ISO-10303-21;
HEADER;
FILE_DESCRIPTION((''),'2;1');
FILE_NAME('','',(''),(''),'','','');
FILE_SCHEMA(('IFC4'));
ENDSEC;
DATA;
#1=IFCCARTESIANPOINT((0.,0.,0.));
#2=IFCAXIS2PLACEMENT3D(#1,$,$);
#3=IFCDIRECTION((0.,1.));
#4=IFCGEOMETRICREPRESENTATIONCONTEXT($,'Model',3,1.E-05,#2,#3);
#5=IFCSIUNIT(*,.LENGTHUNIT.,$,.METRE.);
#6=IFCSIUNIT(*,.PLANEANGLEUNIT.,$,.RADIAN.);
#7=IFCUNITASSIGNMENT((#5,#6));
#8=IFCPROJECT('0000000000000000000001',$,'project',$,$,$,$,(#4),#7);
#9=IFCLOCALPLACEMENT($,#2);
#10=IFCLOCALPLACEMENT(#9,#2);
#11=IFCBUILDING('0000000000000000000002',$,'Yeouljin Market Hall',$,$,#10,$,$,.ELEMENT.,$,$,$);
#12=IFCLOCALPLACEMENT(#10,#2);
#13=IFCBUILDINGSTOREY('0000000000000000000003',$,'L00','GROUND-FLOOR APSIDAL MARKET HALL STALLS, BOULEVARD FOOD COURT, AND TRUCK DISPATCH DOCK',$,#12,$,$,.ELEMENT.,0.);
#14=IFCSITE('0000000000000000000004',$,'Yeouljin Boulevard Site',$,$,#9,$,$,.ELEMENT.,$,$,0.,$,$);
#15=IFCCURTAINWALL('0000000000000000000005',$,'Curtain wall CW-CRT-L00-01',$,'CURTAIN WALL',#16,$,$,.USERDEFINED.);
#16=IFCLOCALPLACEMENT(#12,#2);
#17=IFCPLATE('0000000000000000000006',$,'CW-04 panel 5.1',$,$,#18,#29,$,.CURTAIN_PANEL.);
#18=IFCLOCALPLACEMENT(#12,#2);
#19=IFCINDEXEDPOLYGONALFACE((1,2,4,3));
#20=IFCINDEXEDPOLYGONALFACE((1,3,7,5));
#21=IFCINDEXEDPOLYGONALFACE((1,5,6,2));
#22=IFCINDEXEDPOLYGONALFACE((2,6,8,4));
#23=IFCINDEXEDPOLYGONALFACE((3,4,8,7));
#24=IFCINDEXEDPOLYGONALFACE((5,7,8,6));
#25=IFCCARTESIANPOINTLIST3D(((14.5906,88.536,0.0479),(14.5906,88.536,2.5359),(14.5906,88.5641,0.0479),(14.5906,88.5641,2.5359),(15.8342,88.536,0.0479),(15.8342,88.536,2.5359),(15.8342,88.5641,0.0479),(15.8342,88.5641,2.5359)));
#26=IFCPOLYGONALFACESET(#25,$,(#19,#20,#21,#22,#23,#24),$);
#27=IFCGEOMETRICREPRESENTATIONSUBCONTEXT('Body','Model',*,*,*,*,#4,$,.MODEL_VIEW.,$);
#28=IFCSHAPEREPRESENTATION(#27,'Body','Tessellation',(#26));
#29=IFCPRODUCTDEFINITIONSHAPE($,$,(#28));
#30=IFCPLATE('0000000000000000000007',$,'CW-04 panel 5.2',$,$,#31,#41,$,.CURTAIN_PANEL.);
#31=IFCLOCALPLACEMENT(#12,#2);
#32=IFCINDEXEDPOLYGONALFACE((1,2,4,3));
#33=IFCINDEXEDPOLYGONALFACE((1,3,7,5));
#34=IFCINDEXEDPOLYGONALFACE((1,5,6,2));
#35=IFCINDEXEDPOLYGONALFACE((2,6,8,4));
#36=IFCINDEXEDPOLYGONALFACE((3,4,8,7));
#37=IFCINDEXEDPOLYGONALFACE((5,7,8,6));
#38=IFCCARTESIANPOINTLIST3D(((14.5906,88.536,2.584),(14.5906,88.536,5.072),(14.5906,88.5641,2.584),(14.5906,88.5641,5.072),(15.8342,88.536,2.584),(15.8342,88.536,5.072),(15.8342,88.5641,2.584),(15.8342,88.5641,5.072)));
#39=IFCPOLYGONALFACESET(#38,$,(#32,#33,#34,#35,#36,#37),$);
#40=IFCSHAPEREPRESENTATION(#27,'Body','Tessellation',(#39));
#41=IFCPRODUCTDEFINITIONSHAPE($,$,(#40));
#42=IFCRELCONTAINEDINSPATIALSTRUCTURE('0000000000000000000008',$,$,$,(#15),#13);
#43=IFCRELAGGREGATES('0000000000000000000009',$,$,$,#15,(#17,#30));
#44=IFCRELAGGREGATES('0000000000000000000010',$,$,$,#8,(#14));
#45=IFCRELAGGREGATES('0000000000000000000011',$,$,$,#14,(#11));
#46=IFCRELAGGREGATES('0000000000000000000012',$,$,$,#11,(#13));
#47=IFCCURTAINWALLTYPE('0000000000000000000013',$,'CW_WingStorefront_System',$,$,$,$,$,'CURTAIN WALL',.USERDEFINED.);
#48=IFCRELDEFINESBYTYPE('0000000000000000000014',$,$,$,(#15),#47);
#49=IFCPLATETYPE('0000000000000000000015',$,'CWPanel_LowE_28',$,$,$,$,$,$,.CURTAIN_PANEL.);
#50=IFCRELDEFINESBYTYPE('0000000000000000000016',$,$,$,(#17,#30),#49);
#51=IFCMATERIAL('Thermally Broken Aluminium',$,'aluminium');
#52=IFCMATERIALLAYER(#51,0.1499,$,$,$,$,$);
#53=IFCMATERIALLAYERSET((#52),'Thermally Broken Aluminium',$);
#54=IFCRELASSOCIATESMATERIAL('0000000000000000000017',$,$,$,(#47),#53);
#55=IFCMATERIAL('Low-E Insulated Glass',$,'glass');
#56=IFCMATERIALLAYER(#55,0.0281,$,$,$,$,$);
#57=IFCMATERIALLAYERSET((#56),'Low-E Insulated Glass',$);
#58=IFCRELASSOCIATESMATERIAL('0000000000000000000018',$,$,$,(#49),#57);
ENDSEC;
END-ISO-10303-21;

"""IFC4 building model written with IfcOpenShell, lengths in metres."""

from ifc_helpers import new_model, si_unit, direction, frame, origin, origin_2d, place, context, subcontext, project, spatial, rectangle, extrude, material, layer, layer_set, type_object, element, aggregate, save


model = new_model("IFC4")

# Units and contexts
model_context = context("Model", 3, precision=1e-05, world=origin(), true_north=direction((0.0, 1.0)))
body_context = subcontext(model_context, "Body", "Model", "MODEL_VIEW")
ifc_project = project(units=[si_unit("LENGTHUNIT", "METRE"), si_unit("PLANEANGLEUNIT", "RADIAN")], contexts=[model_context])

# Site, building, storey
site_placement = place(None, origin())
site = spatial("IfcSite", under=ifc_project, at=site_placement, Name="Yeouljin Boulevard Site", CompositionType="ELEMENT", RefElevation=0.0)
building_placement = place(site_placement, origin())
building = spatial("IfcBuilding", under=site, at=building_placement, Name="Yeouljin Market Hall", CompositionType="ELEMENT")
storey_placement = place(building_placement, origin())
storey = spatial("IfcBuildingStorey", under=building, at=storey_placement, Name="L00", Description="GROUND-FLOOR APSIDAL MARKET HALL STALLS, BOULEVARD FOOD COURT, AND TRUCK DISPATCH DOCK", CompositionType="ELEMENT", Elevation=0.0)

# Curtain wall, plates
ifc_material_1 = material(Name="Thermally Broken Aluminium", Category="aluminium")
ifc_layer_1 = layer(ifc_material_1, 0.1499)
ifc_layer_set_1 = layer_set([ifc_layer_1], Name="Thermally Broken Aluminium")
curtain_wall_type = type_object("IfcCurtainWallType", Name="CW_WingStorefront_System", ElementType="CURTAIN WALL", PredefinedType="USERDEFINED", material=ifc_layer_set_1)
curtain_wall_placement = place(storey_placement, origin())
curtain_wall = element("IfcCurtainWall", 1, at=curtain_wall_placement, inside=storey, type_object=curtain_wall_type, Name="Curtain wall CW-CRT-L00-01", ObjectType="CURTAIN WALL", PredefinedType="USERDEFINED")
ifc_material_2 = material(Name="Low-E Insulated Glass", Category="glass")
ifc_layer_2 = layer(ifc_material_2, 0.0281)
ifc_layer_set_2 = layer_set([ifc_layer_2], Name="Low-E Insulated Glass")
plate_type = type_object("IfcPlateType", Name="CWPanel_LowE_28", PredefinedType="CURTAIN_PANEL", material=ifc_layer_set_2)
plate_1_placement = place(storey_placement, frame((15.2124, 88.55, 0.0479), z_axis=(0.0, 0.0, 1.0), x_axis=(1.0, 0.0, 0.0)))
plate_1 = element("IfcPlate", 2, at=plate_1_placement, type_object=plate_type, Name="CW-04 panel 5.1", PredefinedType="CURTAIN_PANEL", context=body_context, shape_type="SweptSolid", body=[
    extrude(rectangle(XDim=1.2437, YDim=0.0281, at=origin_2d()), origin(), (0.0, 0.0, 1.0), 2.488),
])
plate_2_placement = place(storey_placement, frame((15.2124, 88.55, 2.584), z_axis=(0.0, 0.0, 1.0), x_axis=(1.0, 0.0, 0.0)))
plate_2 = element("IfcPlate", 3, at=plate_2_placement, type_object=plate_type, Name="CW-04 panel 5.2", PredefinedType="CURTAIN_PANEL", context=body_context, shape_type="SweptSolid", body=[
    extrude(rectangle(XDim=1.2437, YDim=0.0281, at=origin_2d()), origin(), (0.0, 0.0, 1.0), 2.488),
])
aggregate(curtain_wall, [plate_1, plate_2])

save(model, "model.ifc")
